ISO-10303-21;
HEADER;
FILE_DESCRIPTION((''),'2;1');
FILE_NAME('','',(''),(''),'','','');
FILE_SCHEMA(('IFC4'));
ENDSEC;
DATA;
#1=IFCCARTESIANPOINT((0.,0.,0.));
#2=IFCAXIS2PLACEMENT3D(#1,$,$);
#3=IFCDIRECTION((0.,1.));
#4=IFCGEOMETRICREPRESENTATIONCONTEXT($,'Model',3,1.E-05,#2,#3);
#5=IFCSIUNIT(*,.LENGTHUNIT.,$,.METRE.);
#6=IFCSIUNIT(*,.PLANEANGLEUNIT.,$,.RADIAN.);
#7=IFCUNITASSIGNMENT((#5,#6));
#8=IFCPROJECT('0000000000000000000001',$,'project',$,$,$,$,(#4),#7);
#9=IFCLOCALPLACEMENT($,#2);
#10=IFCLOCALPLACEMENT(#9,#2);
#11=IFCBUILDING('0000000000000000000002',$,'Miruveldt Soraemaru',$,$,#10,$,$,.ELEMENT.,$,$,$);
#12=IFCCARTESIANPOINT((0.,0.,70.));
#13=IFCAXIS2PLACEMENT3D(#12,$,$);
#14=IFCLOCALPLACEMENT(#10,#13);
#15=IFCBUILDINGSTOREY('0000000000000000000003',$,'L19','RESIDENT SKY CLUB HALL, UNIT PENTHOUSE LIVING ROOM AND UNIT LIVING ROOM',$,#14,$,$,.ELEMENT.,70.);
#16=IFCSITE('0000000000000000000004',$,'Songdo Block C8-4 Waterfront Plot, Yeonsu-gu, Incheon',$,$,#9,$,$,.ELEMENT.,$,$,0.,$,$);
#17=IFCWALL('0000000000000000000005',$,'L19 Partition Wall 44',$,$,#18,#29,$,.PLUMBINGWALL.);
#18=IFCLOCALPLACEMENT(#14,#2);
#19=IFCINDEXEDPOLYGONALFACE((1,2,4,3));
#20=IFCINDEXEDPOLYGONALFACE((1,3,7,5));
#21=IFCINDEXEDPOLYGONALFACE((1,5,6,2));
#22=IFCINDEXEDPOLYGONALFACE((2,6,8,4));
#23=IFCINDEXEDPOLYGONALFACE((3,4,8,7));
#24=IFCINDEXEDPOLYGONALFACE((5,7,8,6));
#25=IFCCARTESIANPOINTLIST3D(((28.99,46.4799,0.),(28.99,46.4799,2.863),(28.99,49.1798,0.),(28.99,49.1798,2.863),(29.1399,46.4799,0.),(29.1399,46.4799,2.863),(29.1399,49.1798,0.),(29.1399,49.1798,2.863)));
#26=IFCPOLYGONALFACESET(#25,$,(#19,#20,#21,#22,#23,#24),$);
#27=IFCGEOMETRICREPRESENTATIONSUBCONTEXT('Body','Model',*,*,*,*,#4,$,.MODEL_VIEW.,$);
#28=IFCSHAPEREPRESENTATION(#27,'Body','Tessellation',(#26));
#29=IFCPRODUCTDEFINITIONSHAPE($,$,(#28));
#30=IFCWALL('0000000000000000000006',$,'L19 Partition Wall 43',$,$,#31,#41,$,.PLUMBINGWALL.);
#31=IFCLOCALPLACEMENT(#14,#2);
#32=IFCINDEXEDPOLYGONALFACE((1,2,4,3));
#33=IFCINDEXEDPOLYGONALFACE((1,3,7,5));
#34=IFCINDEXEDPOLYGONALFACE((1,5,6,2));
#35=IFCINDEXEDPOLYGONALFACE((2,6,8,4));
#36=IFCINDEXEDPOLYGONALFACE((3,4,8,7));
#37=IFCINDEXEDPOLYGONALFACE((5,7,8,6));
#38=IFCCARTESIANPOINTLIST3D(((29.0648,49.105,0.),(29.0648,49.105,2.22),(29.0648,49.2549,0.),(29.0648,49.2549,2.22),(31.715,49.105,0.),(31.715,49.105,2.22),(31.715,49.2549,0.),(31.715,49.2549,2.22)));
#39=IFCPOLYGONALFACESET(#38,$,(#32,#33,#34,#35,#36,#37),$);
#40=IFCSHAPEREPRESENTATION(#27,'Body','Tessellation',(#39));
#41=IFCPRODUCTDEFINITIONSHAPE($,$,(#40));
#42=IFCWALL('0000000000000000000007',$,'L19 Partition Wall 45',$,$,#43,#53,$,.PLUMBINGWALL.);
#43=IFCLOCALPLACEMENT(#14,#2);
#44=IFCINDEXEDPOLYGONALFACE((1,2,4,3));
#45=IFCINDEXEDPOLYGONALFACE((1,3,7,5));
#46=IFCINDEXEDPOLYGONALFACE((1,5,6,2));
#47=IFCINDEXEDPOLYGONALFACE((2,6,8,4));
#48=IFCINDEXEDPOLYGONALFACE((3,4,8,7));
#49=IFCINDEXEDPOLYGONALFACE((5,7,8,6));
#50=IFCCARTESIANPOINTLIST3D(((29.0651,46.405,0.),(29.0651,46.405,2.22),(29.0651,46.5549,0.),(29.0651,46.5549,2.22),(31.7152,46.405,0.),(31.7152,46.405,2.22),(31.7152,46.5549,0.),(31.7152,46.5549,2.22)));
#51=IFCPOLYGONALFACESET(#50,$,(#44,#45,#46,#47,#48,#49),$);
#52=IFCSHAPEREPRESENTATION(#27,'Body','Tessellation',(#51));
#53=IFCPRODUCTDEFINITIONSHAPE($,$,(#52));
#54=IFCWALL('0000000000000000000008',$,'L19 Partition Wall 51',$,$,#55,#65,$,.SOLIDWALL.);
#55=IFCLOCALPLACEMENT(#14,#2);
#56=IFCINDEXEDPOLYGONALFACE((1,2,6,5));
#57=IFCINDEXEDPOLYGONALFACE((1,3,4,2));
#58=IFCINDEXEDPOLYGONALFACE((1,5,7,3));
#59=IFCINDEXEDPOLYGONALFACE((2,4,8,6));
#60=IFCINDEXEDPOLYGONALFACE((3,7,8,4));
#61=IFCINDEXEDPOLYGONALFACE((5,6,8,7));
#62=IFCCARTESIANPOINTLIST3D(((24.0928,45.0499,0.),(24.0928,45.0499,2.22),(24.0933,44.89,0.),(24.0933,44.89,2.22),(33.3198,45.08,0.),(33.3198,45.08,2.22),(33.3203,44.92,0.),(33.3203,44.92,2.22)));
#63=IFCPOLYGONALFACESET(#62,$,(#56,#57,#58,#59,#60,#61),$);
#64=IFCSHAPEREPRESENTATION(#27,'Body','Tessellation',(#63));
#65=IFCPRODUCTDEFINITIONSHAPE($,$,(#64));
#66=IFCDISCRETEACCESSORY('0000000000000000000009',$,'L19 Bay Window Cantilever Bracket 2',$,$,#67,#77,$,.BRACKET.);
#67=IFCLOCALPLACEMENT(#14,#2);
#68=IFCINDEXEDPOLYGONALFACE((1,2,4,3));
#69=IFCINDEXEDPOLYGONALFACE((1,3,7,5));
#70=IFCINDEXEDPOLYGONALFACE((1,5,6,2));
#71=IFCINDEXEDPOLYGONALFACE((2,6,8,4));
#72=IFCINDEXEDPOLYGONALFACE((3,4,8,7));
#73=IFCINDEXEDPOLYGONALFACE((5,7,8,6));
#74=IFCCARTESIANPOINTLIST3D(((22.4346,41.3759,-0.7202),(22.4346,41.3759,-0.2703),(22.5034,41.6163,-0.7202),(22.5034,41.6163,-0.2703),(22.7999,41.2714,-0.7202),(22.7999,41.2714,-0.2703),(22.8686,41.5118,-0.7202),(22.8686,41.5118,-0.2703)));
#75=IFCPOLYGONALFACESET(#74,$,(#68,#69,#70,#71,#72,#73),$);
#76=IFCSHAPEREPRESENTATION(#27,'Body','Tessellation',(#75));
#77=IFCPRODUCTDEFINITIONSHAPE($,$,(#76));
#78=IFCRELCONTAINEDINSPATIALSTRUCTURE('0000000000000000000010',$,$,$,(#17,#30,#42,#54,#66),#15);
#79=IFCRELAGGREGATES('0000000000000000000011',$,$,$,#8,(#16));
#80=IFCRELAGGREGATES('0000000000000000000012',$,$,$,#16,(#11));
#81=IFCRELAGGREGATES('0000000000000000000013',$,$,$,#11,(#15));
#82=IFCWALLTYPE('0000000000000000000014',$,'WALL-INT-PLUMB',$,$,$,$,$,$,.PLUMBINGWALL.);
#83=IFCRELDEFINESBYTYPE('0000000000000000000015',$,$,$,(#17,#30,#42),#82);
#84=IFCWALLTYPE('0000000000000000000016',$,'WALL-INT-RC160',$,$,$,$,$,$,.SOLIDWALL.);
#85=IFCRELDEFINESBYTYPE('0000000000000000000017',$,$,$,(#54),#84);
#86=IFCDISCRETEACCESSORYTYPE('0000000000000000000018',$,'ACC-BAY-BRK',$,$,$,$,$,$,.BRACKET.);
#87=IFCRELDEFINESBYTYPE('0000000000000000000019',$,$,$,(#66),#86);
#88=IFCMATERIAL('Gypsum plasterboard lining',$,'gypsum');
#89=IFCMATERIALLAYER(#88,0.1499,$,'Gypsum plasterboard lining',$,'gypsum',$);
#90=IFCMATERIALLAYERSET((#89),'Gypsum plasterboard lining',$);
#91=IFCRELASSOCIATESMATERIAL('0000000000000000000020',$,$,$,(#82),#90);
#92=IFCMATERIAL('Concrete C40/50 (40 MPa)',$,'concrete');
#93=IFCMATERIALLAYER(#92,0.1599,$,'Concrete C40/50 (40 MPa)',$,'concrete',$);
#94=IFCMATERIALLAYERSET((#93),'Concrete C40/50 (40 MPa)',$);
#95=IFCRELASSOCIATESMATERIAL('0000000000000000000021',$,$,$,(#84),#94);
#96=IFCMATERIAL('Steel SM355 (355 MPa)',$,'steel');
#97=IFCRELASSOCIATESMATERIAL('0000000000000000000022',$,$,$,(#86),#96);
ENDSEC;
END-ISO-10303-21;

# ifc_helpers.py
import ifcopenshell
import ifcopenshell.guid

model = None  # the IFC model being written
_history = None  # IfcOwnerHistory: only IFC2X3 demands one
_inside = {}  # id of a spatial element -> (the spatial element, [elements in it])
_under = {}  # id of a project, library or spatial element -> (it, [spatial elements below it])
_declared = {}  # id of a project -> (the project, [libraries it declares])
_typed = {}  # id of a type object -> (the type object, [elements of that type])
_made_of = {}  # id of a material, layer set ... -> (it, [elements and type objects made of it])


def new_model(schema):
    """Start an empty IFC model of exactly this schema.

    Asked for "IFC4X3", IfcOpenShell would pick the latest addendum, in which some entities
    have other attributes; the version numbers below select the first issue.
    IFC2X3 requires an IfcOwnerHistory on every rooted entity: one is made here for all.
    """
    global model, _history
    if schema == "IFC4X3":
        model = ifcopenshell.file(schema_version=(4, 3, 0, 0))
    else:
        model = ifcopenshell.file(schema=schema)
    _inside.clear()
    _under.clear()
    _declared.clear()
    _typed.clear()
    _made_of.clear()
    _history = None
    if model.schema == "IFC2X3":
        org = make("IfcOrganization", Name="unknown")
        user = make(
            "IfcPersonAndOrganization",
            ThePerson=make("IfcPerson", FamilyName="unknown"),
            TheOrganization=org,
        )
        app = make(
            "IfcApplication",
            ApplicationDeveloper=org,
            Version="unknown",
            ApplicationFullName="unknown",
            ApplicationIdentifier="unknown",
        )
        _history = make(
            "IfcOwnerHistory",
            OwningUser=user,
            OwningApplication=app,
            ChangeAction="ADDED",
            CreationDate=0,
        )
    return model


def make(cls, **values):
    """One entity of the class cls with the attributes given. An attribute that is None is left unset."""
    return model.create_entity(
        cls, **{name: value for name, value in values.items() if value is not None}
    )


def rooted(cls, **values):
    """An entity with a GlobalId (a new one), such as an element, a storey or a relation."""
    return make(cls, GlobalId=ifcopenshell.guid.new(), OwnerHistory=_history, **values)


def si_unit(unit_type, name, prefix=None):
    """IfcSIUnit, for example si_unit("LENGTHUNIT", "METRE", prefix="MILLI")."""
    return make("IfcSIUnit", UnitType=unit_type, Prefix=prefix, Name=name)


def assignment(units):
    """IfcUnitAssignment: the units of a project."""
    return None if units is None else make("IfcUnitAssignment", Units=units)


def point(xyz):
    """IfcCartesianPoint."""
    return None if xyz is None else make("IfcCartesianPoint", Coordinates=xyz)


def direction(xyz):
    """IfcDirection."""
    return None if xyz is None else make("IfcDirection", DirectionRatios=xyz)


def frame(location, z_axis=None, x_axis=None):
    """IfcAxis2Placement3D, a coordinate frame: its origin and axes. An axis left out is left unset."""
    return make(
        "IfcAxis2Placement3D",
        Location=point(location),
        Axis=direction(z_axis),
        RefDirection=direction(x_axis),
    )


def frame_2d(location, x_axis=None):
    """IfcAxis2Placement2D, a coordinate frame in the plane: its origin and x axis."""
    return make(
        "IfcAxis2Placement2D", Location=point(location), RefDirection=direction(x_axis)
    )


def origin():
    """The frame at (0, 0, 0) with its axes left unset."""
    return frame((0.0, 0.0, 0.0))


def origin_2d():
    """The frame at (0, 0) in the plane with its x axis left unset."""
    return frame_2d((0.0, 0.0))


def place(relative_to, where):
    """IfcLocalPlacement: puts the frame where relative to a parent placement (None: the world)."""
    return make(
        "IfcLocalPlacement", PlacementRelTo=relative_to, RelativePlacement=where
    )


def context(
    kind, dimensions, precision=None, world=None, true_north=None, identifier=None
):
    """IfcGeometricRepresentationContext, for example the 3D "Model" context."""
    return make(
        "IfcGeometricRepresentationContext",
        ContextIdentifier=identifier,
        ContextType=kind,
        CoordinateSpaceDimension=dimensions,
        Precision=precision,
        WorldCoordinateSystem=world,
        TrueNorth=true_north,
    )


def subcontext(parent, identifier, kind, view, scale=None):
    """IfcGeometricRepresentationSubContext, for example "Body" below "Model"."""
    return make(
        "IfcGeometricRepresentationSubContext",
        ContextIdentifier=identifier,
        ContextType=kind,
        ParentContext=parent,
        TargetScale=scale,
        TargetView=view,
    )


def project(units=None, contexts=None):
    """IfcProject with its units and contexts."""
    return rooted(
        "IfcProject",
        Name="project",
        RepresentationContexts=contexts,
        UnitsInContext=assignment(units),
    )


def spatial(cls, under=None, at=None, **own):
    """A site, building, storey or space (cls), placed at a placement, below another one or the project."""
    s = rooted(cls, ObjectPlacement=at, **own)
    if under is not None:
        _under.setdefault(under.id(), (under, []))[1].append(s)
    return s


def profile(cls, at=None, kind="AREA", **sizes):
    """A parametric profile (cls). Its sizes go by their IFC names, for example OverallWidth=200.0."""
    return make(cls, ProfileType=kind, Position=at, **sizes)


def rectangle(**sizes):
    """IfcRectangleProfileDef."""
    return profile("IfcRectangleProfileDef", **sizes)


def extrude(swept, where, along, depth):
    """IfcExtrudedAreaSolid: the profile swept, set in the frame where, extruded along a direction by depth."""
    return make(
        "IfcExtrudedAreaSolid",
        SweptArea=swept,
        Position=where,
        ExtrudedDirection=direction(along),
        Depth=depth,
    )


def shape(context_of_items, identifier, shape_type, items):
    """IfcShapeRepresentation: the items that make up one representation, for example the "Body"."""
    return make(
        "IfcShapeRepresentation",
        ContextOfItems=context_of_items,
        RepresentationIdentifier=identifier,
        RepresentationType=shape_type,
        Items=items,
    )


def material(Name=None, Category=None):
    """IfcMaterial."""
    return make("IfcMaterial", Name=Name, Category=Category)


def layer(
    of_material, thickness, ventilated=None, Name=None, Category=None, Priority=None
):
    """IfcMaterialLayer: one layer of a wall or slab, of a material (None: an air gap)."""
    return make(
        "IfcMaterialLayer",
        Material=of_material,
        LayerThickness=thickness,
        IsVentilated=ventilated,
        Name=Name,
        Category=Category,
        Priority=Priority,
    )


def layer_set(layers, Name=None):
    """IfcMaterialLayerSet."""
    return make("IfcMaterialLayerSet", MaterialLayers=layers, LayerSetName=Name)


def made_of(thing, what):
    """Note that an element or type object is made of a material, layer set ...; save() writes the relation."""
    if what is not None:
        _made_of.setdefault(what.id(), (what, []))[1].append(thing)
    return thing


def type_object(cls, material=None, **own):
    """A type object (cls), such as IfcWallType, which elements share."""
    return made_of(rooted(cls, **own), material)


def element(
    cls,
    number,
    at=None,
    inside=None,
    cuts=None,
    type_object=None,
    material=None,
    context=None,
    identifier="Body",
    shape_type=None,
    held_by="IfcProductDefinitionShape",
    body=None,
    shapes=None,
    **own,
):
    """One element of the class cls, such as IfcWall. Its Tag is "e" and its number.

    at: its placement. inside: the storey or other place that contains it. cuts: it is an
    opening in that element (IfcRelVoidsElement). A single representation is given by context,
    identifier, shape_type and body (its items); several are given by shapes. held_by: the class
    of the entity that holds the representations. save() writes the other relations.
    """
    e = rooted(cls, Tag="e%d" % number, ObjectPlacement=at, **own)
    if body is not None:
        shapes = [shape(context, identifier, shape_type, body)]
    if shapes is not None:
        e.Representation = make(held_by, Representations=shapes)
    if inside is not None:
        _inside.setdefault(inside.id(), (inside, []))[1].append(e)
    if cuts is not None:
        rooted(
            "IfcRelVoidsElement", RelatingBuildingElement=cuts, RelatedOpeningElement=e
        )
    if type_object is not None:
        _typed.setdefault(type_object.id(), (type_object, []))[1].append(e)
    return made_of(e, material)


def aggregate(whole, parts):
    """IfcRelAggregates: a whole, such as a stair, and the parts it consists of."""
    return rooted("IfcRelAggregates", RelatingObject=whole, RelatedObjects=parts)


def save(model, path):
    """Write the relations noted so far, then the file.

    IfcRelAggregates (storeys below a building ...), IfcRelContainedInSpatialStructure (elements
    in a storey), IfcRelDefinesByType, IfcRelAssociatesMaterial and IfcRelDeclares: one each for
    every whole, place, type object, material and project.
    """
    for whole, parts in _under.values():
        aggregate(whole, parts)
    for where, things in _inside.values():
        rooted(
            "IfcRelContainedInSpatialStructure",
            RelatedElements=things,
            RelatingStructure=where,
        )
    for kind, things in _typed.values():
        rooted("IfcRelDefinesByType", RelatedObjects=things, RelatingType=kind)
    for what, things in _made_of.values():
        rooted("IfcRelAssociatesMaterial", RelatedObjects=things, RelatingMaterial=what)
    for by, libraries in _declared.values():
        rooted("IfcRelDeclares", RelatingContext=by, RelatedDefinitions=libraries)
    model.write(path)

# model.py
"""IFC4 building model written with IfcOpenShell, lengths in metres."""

from ifc_helpers import new_model, si_unit, direction, frame, frame_2d, origin, origin_2d, place, context, subcontext, project, spatial, rectangle, extrude, material, layer, layer_set, type_object, element, save


model = new_model("IFC4")

# Units and contexts
model_context = context("Model", 3, precision=1e-05, world=origin(), true_north=direction((0.0, 1.0)))
body_context = subcontext(model_context, "Body", "Model", "MODEL_VIEW")
ifc_project = project(units=[si_unit("LENGTHUNIT", "METRE"), si_unit("PLANEANGLEUNIT", "RADIAN")], contexts=[model_context])

# Site, building, storey
site_placement = place(None, origin())
site = spatial("IfcSite", under=ifc_project, at=site_placement, Name="Songdo Block C8-4 Waterfront Plot, Yeonsu-gu, Incheon", CompositionType="ELEMENT", RefElevation=0.0)
building_placement = place(site_placement, origin())
building = spatial("IfcBuilding", under=site, at=building_placement, Name="Miruveldt Soraemaru", CompositionType="ELEMENT")
storey_placement = place(building_placement, frame((0.0, 0.0, 70.0)))
storey = spatial("IfcBuildingStorey", under=building, at=storey_placement, Name="L19", Description="RESIDENT SKY CLUB HALL, UNIT PENTHOUSE LIVING ROOM AND UNIT LIVING ROOM", CompositionType="ELEMENT", Elevation=70.0)

# Shared definitions
ifc_material_1 = material(Name="Concrete C40/50 (40 MPa)", Category="concrete")

# Shared definitions
ifc_material_2 = material(Name="Gypsum plasterboard lining", Category="gypsum")

# Shared definitions
ifc_layer_1 = layer(ifc_material_2, 0.1499, Name="Gypsum plasterboard lining", Category="gypsum")
ifc_layer_set_1 = layer_set([ifc_layer_1], Name="Gypsum plasterboard lining")
wall_type_1 = type_object("IfcWallType", Name="WALL-INT-PLUMB", PredefinedType="PLUMBINGWALL", material=ifc_layer_set_1)

# Walls
wall_1_placement = place(storey_placement, frame((29.0649, 49.1799, 0.0), z_axis=(0.0, 0.0, 1.0), x_axis=(0.0, -1.0, 0.0)))
element("IfcWall", 1, at=wall_1_placement, inside=storey, type_object=wall_type_1, Name="L19 Partition Wall 44", PredefinedType="PLUMBINGWALL", context=body_context, shape_type="SweptSolid", body=[
    extrude(rectangle(XDim=2.7, YDim=0.1499, at=frame_2d((1.3501, 0.0))), origin(), (0.0, 0.0, 1.0), 2.863),
])
for number, where, z_axis, x_axis, name in (
    (2, (31.7151, 49.1799, 0.0), (0.0, 0.0, 1.0), (-1.0, 0.0, 0.0), "L19 Partition Wall 43"),
    (3, (29.0649, 46.48, 0.0), (0.0, 0.0, 1.0), (1.0, 0.0, 0.0), "L19 Partition Wall 45"),
):
    element("IfcWall", number, at=place(storey_placement, frame(where, z_axis=z_axis, x_axis=x_axis)), inside=storey, type_object=wall_type_1, Name=name, PredefinedType="PLUMBINGWALL", context=body_context, shape_type="SweptSolid", body=[
        extrude(rectangle(XDim=2.6501, YDim=0.1499, at=frame_2d((1.3252, 0.0))), origin(), (0.0, 0.0, 1.0), 2.22),
    ])
ifc_layer_2 = layer(ifc_material_1, 0.1599, Name="Concrete C40/50 (40 MPa)", Category="concrete")
ifc_layer_set_2 = layer_set([ifc_layer_2], Name="Concrete C40/50 (40 MPa)")
wall_type_2 = type_object("IfcWallType", Name="WALL-INT-RC160", PredefinedType="SOLIDWALL", material=ifc_layer_set_2)
wall_2_placement = place(storey_placement, frame((24.093, 44.97, 0.0), z_axis=(0.0, 0.0, 1.0), x_axis=(0.999995, 0.003254, 0.0)))
element("IfcWall", 4, at=wall_2_placement, inside=storey, type_object=wall_type_2, Name="L19 Partition Wall 51", PredefinedType="SOLIDWALL", context=body_context, shape_type="SweptSolid", body=[
    extrude(rectangle(XDim=9.2271, YDim=0.1599, at=frame_2d((4.6135, 0.0))), origin(), (0.0, 0.0, 1.0), 2.22),
])

# Discrete accessory
ifc_material_3 = material(Name="Steel SM355 (355 MPa)", Category="steel")
discrete_accessory_type = type_object("IfcDiscreteAccessoryType", Name="ACC-BAY-BRK", PredefinedType="BRACKET", material=ifc_material_3)
discrete_accessory_placement = place(storey_placement, frame((22.6516, 41.4438, -0.7202), z_axis=(0.0, 0.0, 1.0), x_axis=(-0.961444, 0.275, 0.0)))
element("IfcDiscreteAccessory", 5, at=discrete_accessory_placement, inside=storey, type_object=discrete_accessory_type, Name="L19 Bay Window Cantilever Bracket 2", PredefinedType="BRACKET", context=body_context, shape_type="SweptSolid", body=[
    extrude(rectangle(XDim=0.3799, YDim=0.25, at=origin_2d()), origin(), (0.0, 0.0, 1.0), 0.45),
])

save(model, "model.ifc")
